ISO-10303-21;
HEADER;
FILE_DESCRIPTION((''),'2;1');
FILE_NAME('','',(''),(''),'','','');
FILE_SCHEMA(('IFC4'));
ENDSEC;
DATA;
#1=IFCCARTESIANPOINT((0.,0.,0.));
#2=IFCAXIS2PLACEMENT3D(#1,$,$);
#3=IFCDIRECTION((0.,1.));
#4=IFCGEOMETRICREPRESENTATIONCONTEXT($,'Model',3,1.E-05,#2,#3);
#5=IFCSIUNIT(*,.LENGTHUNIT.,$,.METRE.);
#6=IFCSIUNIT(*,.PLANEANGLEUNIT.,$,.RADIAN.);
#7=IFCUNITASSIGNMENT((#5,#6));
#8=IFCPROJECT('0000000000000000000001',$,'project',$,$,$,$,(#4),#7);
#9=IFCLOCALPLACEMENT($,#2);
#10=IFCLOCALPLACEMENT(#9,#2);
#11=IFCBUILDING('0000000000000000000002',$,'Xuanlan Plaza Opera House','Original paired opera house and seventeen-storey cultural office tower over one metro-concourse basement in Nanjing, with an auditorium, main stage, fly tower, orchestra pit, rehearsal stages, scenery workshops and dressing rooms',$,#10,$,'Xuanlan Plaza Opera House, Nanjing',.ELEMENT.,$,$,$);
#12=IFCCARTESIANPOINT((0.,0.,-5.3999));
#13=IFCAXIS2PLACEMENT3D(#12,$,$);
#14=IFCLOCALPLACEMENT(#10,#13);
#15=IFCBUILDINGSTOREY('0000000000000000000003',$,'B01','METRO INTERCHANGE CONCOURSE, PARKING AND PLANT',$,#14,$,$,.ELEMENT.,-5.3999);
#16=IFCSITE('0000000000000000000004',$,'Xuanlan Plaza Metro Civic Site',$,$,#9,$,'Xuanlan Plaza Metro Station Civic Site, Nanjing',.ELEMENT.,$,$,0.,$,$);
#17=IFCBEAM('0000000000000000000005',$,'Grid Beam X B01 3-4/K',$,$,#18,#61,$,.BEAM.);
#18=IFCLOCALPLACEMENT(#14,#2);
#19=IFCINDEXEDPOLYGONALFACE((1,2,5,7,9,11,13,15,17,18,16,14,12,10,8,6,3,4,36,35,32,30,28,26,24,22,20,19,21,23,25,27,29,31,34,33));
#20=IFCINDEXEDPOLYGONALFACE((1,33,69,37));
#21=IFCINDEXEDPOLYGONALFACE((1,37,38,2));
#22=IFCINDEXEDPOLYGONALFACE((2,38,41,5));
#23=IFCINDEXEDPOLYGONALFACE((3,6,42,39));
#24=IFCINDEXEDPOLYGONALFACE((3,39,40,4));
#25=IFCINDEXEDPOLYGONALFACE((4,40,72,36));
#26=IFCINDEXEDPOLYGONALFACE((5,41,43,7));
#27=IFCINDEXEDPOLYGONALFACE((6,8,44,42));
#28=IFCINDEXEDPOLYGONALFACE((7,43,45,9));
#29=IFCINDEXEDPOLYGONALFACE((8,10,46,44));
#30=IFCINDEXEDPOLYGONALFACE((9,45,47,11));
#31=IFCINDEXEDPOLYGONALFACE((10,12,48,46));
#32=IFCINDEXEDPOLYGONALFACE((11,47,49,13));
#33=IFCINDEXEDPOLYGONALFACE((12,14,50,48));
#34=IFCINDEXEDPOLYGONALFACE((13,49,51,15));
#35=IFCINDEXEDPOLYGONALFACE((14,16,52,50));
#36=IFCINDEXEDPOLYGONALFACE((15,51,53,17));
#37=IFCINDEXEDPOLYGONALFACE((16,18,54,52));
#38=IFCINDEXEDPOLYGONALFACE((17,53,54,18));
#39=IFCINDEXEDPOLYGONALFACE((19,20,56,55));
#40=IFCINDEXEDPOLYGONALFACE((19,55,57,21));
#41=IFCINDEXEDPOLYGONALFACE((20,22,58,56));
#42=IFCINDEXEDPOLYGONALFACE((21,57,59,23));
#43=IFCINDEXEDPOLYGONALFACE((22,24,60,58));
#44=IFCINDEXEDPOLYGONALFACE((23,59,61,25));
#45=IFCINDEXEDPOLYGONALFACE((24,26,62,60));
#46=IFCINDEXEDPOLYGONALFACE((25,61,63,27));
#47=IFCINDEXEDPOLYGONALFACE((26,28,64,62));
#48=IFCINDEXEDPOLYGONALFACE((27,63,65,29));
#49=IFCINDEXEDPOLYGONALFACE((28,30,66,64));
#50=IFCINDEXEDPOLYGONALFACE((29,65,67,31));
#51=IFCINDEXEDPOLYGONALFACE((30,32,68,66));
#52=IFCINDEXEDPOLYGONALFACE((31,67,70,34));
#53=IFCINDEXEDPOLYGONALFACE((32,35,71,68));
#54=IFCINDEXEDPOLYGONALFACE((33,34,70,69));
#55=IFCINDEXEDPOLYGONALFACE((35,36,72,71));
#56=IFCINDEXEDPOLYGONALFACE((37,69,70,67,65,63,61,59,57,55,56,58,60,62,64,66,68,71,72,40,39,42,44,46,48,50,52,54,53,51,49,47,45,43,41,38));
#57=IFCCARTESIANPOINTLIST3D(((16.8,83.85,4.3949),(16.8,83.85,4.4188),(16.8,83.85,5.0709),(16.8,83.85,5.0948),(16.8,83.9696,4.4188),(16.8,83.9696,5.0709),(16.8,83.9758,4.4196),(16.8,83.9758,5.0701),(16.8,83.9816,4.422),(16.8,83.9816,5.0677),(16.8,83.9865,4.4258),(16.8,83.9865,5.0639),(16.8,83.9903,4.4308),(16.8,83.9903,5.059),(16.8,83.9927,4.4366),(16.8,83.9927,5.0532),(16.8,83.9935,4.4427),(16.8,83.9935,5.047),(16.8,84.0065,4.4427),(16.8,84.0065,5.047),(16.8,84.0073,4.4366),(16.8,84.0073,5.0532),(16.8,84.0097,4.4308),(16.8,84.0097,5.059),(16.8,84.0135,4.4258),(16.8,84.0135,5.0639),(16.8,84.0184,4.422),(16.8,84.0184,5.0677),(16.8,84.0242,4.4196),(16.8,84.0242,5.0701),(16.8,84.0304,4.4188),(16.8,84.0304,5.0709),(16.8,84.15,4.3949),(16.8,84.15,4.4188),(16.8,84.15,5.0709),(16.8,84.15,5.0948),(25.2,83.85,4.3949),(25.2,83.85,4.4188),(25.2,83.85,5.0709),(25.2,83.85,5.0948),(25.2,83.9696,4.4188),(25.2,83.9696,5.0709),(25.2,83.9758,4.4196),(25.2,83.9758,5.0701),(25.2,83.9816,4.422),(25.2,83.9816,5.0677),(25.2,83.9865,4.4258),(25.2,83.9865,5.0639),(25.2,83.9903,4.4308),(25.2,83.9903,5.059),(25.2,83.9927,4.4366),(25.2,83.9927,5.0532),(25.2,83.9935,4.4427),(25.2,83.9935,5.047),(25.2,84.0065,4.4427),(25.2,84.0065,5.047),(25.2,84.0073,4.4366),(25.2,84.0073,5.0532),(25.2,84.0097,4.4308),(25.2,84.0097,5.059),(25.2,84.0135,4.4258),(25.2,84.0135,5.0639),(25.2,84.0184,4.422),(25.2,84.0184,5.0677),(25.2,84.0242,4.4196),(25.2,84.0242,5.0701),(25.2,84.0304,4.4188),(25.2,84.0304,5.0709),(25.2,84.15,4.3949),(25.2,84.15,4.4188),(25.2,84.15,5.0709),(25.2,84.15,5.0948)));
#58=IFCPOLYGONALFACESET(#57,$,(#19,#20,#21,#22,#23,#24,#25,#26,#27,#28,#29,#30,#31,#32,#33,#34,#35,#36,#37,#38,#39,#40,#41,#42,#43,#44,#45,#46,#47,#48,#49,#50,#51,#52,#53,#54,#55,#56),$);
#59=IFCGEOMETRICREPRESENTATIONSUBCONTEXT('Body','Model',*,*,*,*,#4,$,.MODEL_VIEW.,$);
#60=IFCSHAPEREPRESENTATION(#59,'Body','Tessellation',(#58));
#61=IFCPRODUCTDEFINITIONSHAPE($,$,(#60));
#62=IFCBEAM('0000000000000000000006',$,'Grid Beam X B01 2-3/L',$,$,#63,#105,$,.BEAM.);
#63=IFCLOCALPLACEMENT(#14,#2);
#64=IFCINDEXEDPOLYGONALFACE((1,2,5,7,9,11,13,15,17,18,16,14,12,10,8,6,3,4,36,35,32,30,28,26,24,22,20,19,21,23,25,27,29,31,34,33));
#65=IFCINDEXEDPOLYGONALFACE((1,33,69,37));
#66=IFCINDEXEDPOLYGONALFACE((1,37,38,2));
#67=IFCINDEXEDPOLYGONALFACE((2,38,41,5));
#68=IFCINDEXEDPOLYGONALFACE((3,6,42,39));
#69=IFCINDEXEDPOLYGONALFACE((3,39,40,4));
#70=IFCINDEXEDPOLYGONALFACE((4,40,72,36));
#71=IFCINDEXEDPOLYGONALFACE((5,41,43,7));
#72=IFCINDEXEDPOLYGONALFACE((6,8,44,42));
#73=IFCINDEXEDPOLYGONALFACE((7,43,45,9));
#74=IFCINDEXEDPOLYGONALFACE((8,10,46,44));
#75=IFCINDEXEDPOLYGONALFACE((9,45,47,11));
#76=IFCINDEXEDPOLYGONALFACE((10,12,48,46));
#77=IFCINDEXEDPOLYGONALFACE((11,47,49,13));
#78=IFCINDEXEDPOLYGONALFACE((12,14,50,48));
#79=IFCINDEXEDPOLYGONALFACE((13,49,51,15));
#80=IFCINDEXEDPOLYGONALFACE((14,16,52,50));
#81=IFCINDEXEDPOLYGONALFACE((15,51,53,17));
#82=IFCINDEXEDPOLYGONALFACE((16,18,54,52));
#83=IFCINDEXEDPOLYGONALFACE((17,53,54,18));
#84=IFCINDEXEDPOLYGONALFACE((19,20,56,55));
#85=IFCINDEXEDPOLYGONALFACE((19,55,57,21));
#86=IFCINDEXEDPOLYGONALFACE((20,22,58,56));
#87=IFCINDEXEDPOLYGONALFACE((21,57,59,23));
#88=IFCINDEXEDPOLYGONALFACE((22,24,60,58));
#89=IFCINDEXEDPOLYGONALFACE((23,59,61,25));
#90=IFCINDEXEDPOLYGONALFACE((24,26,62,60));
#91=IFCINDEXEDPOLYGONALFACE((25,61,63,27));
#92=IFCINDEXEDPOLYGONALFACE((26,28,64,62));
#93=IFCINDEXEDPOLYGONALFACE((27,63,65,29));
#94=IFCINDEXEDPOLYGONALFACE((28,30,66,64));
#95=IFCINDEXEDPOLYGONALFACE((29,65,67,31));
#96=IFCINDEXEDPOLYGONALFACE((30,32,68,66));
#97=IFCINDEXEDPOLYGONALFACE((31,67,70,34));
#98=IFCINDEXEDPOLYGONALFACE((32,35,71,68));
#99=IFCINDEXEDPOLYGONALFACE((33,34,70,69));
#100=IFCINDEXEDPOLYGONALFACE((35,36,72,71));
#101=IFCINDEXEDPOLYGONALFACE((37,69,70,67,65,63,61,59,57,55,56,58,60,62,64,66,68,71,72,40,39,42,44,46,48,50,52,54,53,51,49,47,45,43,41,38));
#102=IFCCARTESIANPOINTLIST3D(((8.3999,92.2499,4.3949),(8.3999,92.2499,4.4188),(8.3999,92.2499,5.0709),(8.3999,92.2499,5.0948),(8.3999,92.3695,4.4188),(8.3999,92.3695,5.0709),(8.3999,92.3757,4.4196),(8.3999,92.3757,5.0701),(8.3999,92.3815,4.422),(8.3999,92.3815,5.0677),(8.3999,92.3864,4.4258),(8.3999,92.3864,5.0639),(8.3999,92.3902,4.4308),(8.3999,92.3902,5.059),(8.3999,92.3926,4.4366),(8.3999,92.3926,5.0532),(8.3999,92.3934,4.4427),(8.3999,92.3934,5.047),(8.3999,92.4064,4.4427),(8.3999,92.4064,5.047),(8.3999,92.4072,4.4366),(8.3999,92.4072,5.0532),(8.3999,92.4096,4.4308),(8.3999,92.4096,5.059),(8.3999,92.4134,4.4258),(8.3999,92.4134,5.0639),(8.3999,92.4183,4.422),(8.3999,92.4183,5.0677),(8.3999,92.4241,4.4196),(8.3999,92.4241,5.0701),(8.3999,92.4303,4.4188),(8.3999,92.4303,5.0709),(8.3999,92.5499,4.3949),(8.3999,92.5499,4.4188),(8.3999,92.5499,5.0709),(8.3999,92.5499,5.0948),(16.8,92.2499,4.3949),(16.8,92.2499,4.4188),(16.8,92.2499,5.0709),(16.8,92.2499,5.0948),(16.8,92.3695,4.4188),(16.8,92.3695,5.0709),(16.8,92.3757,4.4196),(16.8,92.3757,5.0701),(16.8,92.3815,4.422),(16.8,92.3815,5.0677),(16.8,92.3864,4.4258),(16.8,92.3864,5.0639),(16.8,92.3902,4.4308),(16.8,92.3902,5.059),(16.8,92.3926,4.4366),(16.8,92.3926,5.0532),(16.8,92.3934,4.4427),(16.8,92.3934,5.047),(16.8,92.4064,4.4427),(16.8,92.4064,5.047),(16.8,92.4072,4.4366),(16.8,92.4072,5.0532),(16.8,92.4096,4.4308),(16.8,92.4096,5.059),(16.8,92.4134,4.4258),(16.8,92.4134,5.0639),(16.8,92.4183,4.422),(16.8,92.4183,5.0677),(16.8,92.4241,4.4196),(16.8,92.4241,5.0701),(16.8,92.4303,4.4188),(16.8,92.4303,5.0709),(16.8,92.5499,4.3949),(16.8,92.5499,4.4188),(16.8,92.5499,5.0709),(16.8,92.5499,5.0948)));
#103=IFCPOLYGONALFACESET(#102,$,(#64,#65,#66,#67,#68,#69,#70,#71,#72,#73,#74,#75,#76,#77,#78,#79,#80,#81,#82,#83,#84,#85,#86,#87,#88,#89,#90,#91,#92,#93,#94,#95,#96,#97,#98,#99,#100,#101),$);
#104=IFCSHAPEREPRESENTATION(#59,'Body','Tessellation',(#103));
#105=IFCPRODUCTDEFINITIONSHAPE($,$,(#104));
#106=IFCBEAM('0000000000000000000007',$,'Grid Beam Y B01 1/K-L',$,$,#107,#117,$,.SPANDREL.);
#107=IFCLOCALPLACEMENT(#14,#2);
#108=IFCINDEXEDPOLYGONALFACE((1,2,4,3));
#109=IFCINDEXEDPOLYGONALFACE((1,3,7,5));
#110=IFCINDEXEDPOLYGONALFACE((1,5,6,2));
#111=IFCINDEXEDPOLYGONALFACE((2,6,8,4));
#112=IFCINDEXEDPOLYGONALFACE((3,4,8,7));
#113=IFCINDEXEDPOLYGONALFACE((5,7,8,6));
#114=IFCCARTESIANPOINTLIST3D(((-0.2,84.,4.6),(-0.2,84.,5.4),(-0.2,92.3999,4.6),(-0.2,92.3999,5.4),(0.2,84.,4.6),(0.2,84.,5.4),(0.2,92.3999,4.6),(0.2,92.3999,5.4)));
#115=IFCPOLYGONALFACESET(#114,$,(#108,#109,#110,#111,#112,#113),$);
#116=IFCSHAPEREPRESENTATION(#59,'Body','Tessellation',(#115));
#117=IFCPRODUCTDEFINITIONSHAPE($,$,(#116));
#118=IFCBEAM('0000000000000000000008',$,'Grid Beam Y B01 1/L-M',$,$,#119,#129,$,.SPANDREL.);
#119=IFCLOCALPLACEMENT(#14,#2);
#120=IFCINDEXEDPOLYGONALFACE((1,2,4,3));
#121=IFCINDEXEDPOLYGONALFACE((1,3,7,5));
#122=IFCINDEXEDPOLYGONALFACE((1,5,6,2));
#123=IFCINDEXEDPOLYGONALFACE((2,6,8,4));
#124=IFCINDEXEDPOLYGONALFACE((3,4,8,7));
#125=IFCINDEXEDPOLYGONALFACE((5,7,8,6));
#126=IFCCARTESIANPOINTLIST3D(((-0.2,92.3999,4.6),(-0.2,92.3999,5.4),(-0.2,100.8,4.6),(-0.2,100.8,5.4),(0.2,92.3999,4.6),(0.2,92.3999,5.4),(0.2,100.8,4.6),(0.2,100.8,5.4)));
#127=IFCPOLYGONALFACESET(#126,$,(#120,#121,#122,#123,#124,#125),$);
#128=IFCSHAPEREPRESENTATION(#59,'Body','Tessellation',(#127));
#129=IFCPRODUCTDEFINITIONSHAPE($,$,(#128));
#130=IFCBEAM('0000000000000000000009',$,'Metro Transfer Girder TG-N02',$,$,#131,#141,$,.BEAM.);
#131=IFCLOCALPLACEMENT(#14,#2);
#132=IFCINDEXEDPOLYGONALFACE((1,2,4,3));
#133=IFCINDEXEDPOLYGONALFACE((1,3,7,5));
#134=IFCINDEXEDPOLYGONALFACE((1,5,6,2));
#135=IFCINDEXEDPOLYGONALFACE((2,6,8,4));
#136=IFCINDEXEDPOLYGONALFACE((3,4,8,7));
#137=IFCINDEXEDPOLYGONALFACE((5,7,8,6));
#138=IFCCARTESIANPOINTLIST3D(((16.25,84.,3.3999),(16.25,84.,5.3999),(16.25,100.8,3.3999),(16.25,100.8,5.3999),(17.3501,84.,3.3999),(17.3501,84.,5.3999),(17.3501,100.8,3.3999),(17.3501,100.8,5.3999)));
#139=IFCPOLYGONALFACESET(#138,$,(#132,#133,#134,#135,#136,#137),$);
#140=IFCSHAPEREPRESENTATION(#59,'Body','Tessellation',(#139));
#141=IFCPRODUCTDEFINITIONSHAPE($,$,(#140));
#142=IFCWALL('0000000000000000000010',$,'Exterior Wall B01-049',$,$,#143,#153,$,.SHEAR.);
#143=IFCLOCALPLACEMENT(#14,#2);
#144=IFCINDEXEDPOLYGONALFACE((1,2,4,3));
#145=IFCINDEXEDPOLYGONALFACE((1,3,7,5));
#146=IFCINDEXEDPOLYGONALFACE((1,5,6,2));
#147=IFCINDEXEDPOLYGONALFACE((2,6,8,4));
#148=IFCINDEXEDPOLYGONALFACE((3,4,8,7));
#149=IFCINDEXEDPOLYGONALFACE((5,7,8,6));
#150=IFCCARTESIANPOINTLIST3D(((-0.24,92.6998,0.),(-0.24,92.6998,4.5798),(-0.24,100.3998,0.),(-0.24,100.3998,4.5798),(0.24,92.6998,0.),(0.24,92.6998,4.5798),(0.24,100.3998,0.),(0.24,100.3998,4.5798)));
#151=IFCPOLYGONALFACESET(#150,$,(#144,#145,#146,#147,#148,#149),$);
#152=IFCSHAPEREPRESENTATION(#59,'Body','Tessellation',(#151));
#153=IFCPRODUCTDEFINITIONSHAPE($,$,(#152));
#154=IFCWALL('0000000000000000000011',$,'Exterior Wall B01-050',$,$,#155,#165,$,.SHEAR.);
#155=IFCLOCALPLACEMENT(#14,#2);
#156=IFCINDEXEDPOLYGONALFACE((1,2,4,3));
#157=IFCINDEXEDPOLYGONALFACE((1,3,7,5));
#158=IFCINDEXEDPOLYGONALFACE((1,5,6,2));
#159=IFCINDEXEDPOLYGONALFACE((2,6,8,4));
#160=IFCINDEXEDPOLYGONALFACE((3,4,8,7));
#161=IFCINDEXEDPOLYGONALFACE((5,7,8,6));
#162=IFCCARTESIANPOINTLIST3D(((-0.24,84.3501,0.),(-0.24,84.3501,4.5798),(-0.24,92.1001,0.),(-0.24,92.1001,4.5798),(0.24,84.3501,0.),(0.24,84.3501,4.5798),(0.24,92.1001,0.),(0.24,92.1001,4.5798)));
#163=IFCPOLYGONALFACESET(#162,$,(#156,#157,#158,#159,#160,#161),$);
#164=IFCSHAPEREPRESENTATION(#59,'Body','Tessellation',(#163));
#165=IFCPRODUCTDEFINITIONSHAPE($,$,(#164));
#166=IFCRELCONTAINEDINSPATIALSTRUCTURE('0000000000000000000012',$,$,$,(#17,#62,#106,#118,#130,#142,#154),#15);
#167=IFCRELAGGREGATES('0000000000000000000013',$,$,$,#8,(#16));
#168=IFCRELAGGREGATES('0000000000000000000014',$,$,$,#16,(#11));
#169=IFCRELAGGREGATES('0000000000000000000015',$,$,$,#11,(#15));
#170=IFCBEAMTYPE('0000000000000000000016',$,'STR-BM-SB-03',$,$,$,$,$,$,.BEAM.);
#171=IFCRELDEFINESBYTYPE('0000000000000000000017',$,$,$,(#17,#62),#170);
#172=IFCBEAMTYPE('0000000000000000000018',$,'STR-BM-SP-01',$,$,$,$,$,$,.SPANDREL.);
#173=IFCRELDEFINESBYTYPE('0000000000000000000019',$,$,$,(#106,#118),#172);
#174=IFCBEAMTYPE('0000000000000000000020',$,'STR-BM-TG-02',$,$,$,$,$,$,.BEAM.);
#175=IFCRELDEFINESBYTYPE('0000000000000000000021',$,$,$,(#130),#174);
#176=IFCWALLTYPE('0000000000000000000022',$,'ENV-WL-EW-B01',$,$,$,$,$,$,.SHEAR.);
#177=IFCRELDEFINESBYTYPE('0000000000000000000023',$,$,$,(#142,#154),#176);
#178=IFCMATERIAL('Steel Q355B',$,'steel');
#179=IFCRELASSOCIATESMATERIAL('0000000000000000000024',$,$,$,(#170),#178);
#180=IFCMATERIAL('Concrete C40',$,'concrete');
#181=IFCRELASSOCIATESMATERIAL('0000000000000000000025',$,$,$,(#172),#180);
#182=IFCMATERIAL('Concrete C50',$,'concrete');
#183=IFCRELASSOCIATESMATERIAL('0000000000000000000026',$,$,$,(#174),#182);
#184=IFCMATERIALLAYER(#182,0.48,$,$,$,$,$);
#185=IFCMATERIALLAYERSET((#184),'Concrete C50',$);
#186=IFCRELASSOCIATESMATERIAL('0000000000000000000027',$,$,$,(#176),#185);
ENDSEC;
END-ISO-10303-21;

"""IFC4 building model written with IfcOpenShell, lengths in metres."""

from ifc_helpers import new_model, si_unit, direction, frame, frame_2d, origin, origin_2d, place, context, subcontext, project, spatial, rectangle, i_section, extrude, material, layer, layer_set, material_profile, profile_set, type_object, element, save


model = new_model("IFC4")

# Units and contexts
model_context = context("Model", 3, precision=1e-05, world=origin(), true_north=direction((0.0, 1.0)))
body_context = subcontext(model_context, "Body", "Model", "MODEL_VIEW")
ifc_project = project(units=[si_unit("LENGTHUNIT", "METRE"), si_unit("PLANEANGLEUNIT", "RADIAN")], contexts=[model_context])

# Site, building, storey
site_placement = place(None, origin())
site = spatial("IfcSite", under=ifc_project, at=site_placement, Name="Xuanlan Plaza Metro Civic Site", LongName="Xuanlan Plaza Metro Station Civic Site, Nanjing", CompositionType="ELEMENT", RefElevation=0.0)
building_placement = place(site_placement, origin())
building = spatial("IfcBuilding", under=site, at=building_placement, Name="Xuanlan Plaza Opera House", Description="Original paired opera house and seventeen-storey cultural office tower over one metro-concourse basement in Nanjing, with an auditorium, main stage, fly tower, orchestra pit, rehearsal stages, scenery workshops and dressing rooms", LongName="Xuanlan Plaza Opera House, Nanjing", CompositionType="ELEMENT")
storey_placement = place(building_placement, frame((0.0, 0.0, -5.3999)))
storey = spatial("IfcBuildingStorey", under=building, at=storey_placement, Name="B01", Description="METRO INTERCHANGE CONCOURSE, PARKING AND PLANT", CompositionType="ELEMENT", Elevation=-5.3999)

# Shared definitions
ifc_material_1 = material(Name="Concrete C50", Category="concrete")
ifc_material_2 = material(Name="Concrete C40", Category="concrete")

# Beams
ifc_material_3 = material(Name="Steel Q355B", Category="steel")
ifc_material_profile_1 = material_profile(ifc_material_3, i_section(OverallWidth=0.3, OverallDepth=0.7, WebThickness=0.0129, FlangeThickness=0.0239, FilletRadius=0.0239, at=origin_2d()), Name="HN 700x300x13x24")
ifc_profile_set_1 = profile_set([ifc_material_profile_1], Name="Steel Q355B")
beam_type_1 = type_object("IfcBeamType", Name="STR-BM-SB-03", PredefinedType="BEAM", material=ifc_profile_set_1)
beam_1_placement = place(storey_placement, frame((16.8, 84.0, 4.7449), z_axis=(1.0, 0.0, 0.0), x_axis=(0.0, 1.0, 0.0)))
element("IfcBeam", 1, at=beam_1_placement, inside=storey, type_object=beam_type_1, Name="Grid Beam X B01 3-4/K", PredefinedType="BEAM", context=body_context, shape_type="SweptSolid", body=[
    extrude(i_section(OverallWidth=0.3, OverallDepth=0.7, WebThickness=0.0129, FlangeThickness=0.0239, FilletRadius=0.0239, at=origin_2d()), origin(), (0.0, 0.0, 1.0), 8.3999),
])
beam_2_placement = place(storey_placement, frame((8.3999, 92.3999, 4.7449), z_axis=(1.0, 0.0, 0.0), x_axis=(0.0, 1.0, 0.0)))
element("IfcBeam", 2, at=beam_2_placement, inside=storey, type_object=beam_type_1, Name="Grid Beam X B01 2-3/L", PredefinedType="BEAM", context=body_context, shape_type="SweptSolid", body=[
    extrude(i_section(OverallWidth=0.3, OverallDepth=0.7, WebThickness=0.0129, FlangeThickness=0.0239, FilletRadius=0.0239, at=origin_2d()), origin(), (0.0, 0.0, 1.0), 8.4001),
])
ifc_material_profile_2 = material_profile(ifc_material_2, rectangle(XDim=0.3999, YDim=0.8, at=origin_2d()), Name="RC-SPD 400x800")
ifc_profile_set_2 = profile_set([ifc_material_profile_2], Name="Concrete C40")
beam_type_2 = type_object("IfcBeamType", Name="STR-BM-SP-01", PredefinedType="SPANDREL", material=ifc_profile_set_2)
beam_3_placement = place(storey_placement, frame((0.0, 84.0, 5.0), z_axis=(0.0, 1.0, 0.0), x_axis=(-1.0, 0.0, 0.0)))
element("IfcBeam", 3, at=beam_3_placement, inside=storey, type_object=beam_type_2, Name="Grid Beam Y B01 1/K-L", PredefinedType="SPANDREL", context=body_context, shape_type="SweptSolid", body=[
    extrude(rectangle(XDim=0.3999, YDim=0.8, at=origin_2d()), origin(), (0.0, 0.0, 1.0), 8.3999),
])
beam_4_placement = place(storey_placement, frame((0.0, 92.3999, 5.0), z_axis=(0.0, 1.0, 0.0), x_axis=(-1.0, 0.0, 0.0)))
element("IfcBeam", 4, at=beam_4_placement, inside=storey, type_object=beam_type_2, Name="Grid Beam Y B01 1/L-M", PredefinedType="SPANDREL", context=body_context, shape_type="SweptSolid", body=[
    extrude(rectangle(XDim=0.3999, YDim=0.8, at=origin_2d()), origin(), (0.0, 0.0, 1.0), 8.4001),
])
ifc_material_profile_3 = material_profile(ifc_material_1, rectangle(XDim=1.1001, YDim=2.0, at=origin_2d()), Name="RC-TG 1100x2000")
ifc_profile_set_3 = profile_set([ifc_material_profile_3], Name="Concrete C50")
beam_type_3 = type_object("IfcBeamType", Name="STR-BM-TG-02", PredefinedType="BEAM", material=ifc_profile_set_3)
beam_5_placement = place(storey_placement, frame((16.8, 84.0, 4.3999), z_axis=(0.0, 1.0, 0.0), x_axis=(-1.0, 0.0, 0.0)))
element("IfcBeam", 5, at=beam_5_placement, inside=storey, type_object=beam_type_3, Name="Metro Transfer Girder TG-N02", PredefinedType="BEAM", context=body_context, shape_type="SweptSolid", body=[
    extrude(rectangle(XDim=1.1001, YDim=2.0, at=origin_2d()), origin(), (0.0, 0.0, 1.0), 16.8),
])

# Walls
ifc_layer = layer(ifc_material_1, 0.48)
ifc_layer_set = layer_set([ifc_layer], Name="Concrete C50")
wall_type = type_object("IfcWallType", Name="ENV-WL-EW-B01", PredefinedType="SHEAR", material=ifc_layer_set)
wall_1_placement = place(storey_placement, frame((0.0, 100.3999, 0.0), z_axis=(0.0, 0.0, 1.0), x_axis=(0.0, -1.0, 0.0)))
element("IfcWall", 6, at=wall_1_placement, inside=storey, type_object=wall_type, Name="Exterior Wall B01-049", PredefinedType="SHEAR", context=body_context, shape_type="SweptSolid", body=[
    extrude(rectangle(XDim=7.7, YDim=0.48, at=frame_2d((3.8501, 0.0))), origin(), (0.0, 0.0, 1.0), 4.5798),
])
wall_2_placement = place(storey_placement, frame((0.0, 92.1001, 0.0), z_axis=(0.0, 0.0, 1.0), x_axis=(0.0, -1.0, 0.0)))
element("IfcWall", 7, at=wall_2_placement, inside=storey, type_object=wall_type, Name="Exterior Wall B01-050", PredefinedType="SHEAR", context=body_context, shape_type="SweptSolid", body=[
    extrude(rectangle(XDim=7.75, YDim=0.48, at=frame_2d((3.875, 0.0))), origin(), (0.0, 0.0, 1.0), 4.5798),
])

save(model, "model.ifc")
